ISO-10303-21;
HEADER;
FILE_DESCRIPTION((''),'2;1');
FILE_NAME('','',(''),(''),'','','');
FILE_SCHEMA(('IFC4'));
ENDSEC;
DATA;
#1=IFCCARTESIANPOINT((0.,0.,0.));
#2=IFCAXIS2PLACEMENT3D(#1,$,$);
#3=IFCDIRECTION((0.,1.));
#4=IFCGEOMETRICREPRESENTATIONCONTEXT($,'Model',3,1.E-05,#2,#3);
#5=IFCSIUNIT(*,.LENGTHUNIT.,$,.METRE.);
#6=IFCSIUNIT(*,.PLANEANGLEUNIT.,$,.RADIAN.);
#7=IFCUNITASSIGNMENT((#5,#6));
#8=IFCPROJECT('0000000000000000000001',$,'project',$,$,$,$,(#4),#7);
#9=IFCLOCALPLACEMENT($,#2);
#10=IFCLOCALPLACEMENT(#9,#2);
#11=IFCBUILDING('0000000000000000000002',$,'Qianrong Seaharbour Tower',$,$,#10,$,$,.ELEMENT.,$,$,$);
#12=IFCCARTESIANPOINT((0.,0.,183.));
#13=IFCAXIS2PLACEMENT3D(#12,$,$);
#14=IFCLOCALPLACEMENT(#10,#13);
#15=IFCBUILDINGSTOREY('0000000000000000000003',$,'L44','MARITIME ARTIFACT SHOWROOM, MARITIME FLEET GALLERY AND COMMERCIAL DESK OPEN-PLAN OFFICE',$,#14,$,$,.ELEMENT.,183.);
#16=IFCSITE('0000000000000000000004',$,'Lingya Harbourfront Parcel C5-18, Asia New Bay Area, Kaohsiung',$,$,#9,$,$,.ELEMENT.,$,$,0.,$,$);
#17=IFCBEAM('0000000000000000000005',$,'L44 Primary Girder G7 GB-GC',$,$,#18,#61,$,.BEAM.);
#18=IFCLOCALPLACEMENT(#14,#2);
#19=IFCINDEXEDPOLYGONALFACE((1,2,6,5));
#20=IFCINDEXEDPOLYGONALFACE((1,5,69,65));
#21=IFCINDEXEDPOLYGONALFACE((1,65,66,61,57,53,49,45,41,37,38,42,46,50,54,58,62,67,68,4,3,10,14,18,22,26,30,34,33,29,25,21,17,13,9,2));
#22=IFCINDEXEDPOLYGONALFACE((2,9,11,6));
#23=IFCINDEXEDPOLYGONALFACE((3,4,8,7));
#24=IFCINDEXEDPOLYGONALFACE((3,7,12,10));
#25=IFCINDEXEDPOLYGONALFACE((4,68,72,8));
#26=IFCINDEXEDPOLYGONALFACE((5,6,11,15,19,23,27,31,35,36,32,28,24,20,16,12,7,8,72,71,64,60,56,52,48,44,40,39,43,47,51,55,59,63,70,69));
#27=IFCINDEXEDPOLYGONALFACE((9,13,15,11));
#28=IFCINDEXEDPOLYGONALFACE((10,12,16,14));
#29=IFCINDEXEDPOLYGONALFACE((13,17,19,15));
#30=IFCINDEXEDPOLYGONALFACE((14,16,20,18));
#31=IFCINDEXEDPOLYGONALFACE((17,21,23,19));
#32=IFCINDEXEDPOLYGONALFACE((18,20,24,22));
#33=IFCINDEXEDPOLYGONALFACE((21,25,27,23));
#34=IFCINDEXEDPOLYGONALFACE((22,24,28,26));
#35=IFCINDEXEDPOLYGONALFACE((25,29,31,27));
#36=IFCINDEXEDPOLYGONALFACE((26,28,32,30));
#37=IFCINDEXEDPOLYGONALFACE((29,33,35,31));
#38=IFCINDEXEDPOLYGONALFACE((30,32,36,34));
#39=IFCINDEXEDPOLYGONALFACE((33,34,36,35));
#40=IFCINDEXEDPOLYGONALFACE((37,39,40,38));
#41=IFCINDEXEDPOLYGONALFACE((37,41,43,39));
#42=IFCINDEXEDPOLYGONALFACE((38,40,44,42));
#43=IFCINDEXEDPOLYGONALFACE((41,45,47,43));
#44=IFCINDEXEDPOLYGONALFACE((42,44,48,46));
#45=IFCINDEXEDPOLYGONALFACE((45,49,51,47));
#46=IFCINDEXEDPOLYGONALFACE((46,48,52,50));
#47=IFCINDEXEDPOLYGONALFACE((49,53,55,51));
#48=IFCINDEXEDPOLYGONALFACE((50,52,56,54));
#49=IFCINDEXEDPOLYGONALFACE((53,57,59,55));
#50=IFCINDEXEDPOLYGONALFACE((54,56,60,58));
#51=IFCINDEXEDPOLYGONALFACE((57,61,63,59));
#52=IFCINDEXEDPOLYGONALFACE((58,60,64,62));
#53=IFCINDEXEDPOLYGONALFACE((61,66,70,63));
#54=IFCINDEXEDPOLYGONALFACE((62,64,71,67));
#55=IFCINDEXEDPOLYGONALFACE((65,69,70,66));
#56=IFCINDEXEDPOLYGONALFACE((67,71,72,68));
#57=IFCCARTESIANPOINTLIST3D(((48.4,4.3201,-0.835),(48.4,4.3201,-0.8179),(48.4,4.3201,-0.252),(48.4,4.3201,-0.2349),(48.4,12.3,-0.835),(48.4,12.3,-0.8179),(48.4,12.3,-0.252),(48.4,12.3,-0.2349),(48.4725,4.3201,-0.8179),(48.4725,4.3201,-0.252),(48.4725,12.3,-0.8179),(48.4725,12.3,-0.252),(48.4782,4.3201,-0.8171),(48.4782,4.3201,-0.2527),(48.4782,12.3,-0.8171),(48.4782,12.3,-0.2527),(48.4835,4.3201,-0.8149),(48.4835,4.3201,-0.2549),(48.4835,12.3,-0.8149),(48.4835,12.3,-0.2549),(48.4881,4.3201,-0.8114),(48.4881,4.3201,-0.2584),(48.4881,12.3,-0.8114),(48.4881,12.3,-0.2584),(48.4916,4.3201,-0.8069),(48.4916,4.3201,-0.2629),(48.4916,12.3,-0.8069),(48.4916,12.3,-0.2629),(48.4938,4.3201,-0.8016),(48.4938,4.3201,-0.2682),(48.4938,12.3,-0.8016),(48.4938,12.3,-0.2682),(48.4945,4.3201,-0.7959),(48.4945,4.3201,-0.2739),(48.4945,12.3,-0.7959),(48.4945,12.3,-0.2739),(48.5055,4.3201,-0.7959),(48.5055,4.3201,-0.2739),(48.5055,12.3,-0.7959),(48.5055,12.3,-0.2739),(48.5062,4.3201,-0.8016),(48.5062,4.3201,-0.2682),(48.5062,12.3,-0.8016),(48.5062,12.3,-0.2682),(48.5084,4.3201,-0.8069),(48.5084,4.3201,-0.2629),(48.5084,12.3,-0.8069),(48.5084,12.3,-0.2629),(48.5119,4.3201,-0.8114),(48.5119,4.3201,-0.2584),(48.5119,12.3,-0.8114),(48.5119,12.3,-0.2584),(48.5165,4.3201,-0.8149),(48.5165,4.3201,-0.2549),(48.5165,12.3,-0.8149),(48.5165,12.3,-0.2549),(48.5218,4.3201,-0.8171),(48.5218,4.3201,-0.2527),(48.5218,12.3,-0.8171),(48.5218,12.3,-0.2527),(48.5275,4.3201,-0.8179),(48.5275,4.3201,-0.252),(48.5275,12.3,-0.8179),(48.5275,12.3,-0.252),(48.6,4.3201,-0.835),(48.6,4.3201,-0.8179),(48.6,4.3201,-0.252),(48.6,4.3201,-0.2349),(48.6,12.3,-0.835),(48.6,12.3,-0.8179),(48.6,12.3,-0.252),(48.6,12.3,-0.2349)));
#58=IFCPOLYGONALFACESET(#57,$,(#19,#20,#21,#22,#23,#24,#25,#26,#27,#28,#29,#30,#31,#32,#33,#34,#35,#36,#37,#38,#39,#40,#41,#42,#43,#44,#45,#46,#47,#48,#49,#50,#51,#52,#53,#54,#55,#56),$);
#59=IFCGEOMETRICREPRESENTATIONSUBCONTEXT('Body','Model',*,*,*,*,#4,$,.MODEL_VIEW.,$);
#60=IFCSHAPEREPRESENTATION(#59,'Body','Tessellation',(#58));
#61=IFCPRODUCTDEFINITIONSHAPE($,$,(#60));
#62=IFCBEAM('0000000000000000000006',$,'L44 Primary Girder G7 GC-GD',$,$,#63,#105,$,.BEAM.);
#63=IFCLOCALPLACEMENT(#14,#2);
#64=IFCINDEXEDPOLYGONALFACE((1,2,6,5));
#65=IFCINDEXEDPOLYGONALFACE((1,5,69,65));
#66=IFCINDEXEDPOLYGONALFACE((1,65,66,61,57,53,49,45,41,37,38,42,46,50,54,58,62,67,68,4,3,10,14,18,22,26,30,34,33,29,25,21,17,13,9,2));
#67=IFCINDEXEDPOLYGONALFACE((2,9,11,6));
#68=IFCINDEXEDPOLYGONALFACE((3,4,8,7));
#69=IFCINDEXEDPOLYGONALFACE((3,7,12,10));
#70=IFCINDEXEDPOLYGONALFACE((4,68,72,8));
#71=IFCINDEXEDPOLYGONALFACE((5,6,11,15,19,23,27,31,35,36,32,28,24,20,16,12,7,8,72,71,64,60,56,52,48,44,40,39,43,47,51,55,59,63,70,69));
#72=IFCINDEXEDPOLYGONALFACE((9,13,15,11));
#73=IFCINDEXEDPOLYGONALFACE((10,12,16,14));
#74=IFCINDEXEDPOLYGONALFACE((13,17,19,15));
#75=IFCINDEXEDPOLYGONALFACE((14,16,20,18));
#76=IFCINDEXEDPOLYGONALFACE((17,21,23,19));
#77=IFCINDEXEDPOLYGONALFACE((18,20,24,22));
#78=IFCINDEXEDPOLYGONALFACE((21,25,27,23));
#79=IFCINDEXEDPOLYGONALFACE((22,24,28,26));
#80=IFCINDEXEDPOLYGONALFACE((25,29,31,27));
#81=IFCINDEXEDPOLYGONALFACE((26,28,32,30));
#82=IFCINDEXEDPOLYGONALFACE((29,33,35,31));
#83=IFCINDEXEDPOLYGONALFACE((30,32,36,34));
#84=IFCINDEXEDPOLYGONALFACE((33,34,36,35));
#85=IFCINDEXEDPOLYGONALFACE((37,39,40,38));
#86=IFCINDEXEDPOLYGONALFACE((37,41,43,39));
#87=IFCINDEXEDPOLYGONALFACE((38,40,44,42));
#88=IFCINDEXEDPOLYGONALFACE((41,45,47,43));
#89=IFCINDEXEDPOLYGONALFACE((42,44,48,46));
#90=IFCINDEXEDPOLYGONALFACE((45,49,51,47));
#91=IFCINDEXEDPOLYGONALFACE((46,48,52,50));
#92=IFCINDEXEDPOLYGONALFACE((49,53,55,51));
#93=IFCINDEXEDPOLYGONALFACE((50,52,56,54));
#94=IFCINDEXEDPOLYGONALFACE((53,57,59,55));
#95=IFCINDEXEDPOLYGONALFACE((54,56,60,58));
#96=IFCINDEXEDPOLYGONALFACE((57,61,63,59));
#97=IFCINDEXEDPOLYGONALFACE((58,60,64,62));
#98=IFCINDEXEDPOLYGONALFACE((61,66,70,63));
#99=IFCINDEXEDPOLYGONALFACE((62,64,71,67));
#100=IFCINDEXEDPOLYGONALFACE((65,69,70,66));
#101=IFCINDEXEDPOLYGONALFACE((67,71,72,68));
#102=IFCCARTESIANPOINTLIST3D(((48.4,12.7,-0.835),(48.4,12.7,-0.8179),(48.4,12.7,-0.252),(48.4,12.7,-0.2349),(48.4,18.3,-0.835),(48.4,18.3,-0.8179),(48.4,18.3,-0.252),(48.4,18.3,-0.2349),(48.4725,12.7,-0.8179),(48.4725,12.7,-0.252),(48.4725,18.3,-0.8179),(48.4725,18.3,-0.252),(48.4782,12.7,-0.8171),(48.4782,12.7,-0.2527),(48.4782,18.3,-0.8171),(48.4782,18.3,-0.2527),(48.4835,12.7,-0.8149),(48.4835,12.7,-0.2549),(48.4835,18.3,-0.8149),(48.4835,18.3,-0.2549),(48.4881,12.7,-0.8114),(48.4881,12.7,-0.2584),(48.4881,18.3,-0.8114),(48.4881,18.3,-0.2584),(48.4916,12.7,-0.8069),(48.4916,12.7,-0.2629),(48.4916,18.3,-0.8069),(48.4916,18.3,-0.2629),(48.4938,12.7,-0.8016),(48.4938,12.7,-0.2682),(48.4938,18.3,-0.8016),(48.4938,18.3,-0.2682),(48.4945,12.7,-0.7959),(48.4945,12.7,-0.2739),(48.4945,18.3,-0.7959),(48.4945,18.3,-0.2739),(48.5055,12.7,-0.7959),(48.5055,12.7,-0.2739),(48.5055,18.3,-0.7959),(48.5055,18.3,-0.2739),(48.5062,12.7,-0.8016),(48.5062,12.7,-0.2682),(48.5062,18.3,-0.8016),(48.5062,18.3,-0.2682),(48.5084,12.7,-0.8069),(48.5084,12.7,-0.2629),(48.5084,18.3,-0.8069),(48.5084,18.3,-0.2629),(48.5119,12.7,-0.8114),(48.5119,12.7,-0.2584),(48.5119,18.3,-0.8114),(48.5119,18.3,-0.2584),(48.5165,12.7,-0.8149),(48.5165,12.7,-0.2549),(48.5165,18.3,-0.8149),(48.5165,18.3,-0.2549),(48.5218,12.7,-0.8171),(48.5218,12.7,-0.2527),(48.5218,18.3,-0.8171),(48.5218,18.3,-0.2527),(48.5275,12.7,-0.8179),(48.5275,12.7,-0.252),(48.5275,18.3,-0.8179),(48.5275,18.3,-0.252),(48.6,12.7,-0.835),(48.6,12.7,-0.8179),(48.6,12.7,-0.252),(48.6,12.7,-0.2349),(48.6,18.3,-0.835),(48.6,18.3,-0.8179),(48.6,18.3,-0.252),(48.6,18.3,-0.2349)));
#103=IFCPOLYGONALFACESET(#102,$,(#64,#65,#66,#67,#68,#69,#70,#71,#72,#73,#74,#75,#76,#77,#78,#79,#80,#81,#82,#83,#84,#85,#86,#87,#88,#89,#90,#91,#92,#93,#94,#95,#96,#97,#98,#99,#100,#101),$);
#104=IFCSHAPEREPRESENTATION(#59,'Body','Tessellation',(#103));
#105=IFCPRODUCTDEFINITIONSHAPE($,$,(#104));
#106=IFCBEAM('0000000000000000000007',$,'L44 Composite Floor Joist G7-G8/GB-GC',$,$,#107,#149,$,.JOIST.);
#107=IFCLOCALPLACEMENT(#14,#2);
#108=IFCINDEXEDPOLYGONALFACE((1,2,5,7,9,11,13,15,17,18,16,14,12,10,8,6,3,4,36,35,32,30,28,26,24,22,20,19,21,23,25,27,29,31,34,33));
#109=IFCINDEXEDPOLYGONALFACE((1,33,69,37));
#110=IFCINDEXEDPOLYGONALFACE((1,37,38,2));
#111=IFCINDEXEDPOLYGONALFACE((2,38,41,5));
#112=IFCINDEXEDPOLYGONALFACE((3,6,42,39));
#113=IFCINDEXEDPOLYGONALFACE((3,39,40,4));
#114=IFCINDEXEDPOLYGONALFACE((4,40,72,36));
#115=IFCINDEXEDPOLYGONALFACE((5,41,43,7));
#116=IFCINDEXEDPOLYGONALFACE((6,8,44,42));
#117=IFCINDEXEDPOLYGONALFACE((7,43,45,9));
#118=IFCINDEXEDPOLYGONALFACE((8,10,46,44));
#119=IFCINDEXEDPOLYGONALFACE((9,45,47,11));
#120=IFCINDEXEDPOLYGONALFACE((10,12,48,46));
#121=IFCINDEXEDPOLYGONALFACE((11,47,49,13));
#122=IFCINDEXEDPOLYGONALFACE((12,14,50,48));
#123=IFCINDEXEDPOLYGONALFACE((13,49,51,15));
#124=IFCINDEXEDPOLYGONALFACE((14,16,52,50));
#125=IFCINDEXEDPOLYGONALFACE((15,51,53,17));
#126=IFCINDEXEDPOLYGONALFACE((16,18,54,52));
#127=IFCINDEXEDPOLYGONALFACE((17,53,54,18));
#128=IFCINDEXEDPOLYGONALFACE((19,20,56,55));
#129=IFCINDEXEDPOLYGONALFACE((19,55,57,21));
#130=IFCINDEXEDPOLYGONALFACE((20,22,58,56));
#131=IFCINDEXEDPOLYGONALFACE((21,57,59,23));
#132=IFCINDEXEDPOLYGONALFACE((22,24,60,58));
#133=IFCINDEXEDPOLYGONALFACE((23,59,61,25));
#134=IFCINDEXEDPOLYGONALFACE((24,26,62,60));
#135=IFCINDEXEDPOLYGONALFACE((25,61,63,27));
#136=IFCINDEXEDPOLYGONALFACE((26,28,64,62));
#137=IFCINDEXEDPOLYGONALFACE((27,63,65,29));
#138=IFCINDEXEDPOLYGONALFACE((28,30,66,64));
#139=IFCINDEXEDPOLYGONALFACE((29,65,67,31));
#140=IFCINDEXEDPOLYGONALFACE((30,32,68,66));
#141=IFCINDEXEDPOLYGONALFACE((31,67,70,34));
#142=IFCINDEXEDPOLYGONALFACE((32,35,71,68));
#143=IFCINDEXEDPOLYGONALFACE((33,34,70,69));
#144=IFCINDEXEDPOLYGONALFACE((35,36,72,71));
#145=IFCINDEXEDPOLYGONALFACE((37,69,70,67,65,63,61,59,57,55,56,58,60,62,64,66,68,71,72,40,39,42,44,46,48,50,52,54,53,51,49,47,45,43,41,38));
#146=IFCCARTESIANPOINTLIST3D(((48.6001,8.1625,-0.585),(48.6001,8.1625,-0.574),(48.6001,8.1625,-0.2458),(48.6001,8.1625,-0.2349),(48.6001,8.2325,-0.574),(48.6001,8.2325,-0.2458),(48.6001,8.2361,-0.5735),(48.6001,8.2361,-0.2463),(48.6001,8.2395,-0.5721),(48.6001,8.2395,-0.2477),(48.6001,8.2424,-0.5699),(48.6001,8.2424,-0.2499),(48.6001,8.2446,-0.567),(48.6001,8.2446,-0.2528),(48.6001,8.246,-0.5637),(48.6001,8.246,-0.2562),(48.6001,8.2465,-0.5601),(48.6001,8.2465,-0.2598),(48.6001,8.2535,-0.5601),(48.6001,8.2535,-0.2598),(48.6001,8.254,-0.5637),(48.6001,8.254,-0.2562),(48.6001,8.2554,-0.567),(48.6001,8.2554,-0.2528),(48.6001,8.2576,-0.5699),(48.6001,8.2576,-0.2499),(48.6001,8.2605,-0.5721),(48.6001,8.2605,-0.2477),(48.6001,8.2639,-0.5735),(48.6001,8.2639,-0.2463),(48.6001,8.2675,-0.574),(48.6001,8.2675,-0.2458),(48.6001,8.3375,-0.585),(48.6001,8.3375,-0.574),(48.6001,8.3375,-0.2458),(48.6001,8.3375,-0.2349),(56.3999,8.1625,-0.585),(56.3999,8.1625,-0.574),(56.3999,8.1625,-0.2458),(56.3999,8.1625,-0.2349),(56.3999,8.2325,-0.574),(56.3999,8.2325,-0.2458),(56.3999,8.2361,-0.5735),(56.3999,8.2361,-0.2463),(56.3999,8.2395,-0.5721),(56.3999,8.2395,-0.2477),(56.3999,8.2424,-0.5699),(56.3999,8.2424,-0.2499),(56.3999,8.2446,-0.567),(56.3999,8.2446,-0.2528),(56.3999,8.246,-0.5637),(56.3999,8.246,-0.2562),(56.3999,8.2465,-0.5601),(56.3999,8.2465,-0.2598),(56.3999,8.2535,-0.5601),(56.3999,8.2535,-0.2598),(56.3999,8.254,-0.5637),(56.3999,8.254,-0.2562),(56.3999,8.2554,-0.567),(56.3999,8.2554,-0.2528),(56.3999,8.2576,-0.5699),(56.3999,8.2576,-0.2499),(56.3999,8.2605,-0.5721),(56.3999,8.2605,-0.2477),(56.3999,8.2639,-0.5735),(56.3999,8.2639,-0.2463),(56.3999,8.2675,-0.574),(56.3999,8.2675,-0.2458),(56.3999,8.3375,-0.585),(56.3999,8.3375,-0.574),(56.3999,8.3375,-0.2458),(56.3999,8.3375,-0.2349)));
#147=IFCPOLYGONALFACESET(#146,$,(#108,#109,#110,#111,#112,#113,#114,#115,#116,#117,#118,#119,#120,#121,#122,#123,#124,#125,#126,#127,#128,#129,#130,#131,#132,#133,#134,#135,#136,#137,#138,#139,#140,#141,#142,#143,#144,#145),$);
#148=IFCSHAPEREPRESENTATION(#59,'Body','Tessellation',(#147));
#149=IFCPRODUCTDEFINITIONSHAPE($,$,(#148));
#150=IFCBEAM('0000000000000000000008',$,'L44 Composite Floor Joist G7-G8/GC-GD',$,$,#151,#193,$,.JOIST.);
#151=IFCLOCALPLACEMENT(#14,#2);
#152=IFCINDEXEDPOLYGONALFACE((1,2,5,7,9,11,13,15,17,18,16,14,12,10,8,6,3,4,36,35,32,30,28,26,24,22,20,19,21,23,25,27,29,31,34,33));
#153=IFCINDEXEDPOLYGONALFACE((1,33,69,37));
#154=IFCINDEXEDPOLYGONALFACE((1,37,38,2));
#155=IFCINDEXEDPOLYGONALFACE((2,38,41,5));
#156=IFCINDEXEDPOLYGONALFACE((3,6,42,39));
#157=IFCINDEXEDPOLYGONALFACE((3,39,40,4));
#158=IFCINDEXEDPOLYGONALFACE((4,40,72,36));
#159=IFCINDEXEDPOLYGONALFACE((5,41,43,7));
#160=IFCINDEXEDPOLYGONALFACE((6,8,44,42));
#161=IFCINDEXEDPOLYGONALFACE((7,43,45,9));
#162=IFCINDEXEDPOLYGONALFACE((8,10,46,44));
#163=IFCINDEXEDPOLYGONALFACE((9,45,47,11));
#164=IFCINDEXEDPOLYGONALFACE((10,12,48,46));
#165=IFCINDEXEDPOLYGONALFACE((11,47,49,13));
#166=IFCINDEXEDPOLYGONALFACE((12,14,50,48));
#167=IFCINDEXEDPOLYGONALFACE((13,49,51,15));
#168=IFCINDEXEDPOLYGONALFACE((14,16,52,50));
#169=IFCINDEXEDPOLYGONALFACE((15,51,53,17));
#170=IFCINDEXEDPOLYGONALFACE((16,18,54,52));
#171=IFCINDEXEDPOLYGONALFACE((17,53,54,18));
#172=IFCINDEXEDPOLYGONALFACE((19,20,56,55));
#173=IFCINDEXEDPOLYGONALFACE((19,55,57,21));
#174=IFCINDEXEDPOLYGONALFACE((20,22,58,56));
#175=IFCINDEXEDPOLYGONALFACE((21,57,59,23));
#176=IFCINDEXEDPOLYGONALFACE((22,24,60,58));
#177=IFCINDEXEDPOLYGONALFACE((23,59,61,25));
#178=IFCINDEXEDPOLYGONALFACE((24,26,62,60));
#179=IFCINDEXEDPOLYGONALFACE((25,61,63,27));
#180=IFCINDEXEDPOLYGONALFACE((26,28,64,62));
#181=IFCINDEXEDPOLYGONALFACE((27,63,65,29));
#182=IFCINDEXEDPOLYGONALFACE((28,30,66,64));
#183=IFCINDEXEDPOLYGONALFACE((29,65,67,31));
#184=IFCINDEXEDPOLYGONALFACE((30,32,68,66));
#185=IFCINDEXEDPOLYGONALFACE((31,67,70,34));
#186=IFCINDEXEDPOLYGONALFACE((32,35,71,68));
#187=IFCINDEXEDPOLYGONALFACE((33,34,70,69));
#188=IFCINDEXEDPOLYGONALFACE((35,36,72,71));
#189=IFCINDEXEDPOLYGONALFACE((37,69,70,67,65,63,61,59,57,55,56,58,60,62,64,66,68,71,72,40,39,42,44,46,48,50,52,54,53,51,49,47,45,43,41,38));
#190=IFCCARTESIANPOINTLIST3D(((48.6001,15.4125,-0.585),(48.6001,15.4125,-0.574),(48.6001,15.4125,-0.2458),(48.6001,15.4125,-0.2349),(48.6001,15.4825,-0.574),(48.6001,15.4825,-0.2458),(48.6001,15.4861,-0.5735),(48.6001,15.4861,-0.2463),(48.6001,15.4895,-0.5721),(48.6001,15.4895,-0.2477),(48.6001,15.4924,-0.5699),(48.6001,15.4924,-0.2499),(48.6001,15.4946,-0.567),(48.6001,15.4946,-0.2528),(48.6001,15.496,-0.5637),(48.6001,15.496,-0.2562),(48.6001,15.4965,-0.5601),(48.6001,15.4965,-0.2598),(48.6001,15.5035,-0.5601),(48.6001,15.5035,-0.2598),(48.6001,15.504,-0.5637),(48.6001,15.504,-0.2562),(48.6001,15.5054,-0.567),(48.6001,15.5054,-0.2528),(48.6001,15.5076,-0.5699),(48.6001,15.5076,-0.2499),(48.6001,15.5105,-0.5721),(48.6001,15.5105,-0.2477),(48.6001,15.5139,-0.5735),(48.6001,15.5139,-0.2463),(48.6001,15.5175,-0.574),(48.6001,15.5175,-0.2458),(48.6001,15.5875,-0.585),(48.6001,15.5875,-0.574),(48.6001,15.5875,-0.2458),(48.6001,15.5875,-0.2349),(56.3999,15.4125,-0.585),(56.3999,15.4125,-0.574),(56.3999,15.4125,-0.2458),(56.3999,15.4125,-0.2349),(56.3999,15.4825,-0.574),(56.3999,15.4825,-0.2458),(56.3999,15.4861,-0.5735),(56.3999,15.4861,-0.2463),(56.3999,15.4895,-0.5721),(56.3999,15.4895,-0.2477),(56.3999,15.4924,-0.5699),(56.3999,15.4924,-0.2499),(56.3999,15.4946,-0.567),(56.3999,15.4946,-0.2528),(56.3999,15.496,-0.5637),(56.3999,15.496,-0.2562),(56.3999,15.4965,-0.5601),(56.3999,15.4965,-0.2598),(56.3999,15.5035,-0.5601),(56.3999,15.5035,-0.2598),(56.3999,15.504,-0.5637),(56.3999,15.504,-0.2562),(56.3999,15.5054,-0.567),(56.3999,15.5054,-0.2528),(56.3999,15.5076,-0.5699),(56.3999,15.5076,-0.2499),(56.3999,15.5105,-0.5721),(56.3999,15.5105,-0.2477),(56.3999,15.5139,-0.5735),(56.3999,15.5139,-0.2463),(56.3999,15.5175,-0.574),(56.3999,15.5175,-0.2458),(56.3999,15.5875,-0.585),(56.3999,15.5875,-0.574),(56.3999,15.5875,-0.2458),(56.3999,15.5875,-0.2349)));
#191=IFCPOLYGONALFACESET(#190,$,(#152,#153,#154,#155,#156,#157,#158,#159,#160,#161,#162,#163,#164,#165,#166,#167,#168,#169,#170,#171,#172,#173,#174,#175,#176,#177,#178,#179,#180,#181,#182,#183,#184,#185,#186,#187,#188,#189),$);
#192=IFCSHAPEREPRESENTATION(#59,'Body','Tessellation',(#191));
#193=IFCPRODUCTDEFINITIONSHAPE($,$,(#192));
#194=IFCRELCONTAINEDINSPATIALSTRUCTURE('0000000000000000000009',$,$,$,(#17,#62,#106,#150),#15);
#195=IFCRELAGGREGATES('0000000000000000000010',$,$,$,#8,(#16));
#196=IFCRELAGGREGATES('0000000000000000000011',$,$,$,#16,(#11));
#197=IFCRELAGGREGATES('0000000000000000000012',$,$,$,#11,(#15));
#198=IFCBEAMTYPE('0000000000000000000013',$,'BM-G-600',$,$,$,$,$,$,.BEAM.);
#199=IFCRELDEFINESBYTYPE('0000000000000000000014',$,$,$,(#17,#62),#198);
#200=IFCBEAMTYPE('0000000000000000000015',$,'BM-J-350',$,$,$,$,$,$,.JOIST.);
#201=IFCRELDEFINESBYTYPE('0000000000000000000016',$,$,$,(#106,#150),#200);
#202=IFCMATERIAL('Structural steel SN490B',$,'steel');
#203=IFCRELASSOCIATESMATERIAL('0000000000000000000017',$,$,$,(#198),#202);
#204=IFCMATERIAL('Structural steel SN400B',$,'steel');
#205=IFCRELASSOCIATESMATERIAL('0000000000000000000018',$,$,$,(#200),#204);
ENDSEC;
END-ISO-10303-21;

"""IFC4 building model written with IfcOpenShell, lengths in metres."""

from ifc_helpers import new_model, si_unit, direction, frame, origin, origin_2d, place, context, subcontext, project, spatial, i_section, extrude, material, material_profile, profile_set, type_object, element, save


model = new_model("IFC4")

# Units and contexts
model_context = context("Model", 3, precision=1e-05, world=origin(), true_north=direction((0.0, 1.0)))
body_context = subcontext(model_context, "Body", "Model", "MODEL_VIEW")
ifc_project = project(units=[si_unit("LENGTHUNIT", "METRE"), si_unit("PLANEANGLEUNIT", "RADIAN")], contexts=[model_context])

# Site, building, storey
site_placement = place(None, origin())
site = spatial("IfcSite", under=ifc_project, at=site_placement, Name="Lingya Harbourfront Parcel C5-18, Asia New Bay Area, Kaohsiung", CompositionType="ELEMENT", RefElevation=0.0)
building_placement = place(site_placement, origin())
building = spatial("IfcBuilding", under=site, at=building_placement, Name="Qianrong Seaharbour Tower", CompositionType="ELEMENT")
storey_placement = place(building_placement, frame((0.0, 0.0, 183.0)))
storey = spatial("IfcBuildingStorey", under=building, at=storey_placement, Name="L44", Description="MARITIME ARTIFACT SHOWROOM, MARITIME FLEET GALLERY AND COMMERCIAL DESK OPEN-PLAN OFFICE", CompositionType="ELEMENT", Elevation=183.0)

# Shared definitions
ifc_material_1 = material(Name="Structural steel SN490B", Category="steel")

# Beams
ifc_material_profile_1 = material_profile(ifc_material_1, i_section(OverallWidth=0.2, OverallDepth=0.6001, WebThickness=0.011, FlangeThickness=0.0171, FilletRadius=0.022, at=origin_2d()), Name="H600x200x11x17")
ifc_profile_set_1 = profile_set([ifc_material_profile_1], Name="Structural steel SN490B")
beam_type_1 = type_object("IfcBeamType", Name="BM-G-600", PredefinedType="BEAM", material=ifc_profile_set_1)
beam_1_placement = place(storey_placement, frame((48.5, 4.3201, -0.5349), z_axis=(0.0, 1.0, 0.0), x_axis=(-1.0, 0.0, 0.0)))
element("IfcBeam", 1, at=beam_1_placement, inside=storey, type_object=beam_type_1, Name="L44 Primary Girder G7 GB-GC", PredefinedType="BEAM", context=body_context, shape_type="SweptSolid", body=[
    extrude(i_section(OverallWidth=0.2, OverallDepth=0.6001, WebThickness=0.011, FlangeThickness=0.0171, FilletRadius=0.022, at=origin_2d()), origin(), (0.0, 0.0, 1.0), 7.98),
])
beam_2_placement = place(storey_placement, frame((48.5, 12.7, -0.5349), z_axis=(0.0, 1.0, 0.0), x_axis=(-1.0, 0.0, 0.0)))
element("IfcBeam", 2, at=beam_2_placement, inside=storey, type_object=beam_type_1, Name="L44 Primary Girder G7 GC-GD", PredefinedType="BEAM", context=body_context, shape_type="SweptSolid", body=[
    extrude(i_section(OverallWidth=0.2, OverallDepth=0.6001, WebThickness=0.011, FlangeThickness=0.0171, FilletRadius=0.022, at=origin_2d()), origin(), (0.0, 0.0, 1.0), 5.6001),
])
ifc_material_2 = material(Name="Structural steel SN400B", Category="steel")
ifc_material_profile_2 = material_profile(ifc_material_2, i_section(OverallWidth=0.175, OverallDepth=0.3501, WebThickness=0.0071, FlangeThickness=0.011, FilletRadius=0.0139, at=origin_2d()), Name="H350x175x7x11")
ifc_profile_set_2 = profile_set([ifc_material_profile_2], Name="Structural steel SN400B")
beam_type_2 = type_object("IfcBeamType", Name="BM-J-350", PredefinedType="JOIST", material=ifc_profile_set_2)
for number, where, z_axis, x_axis, name in (
    (3, (48.6001, 8.25, -0.4099), (1.0, 0.0, 0.0), (0.0, 1.0, 0.0), "L44 Composite Floor Joist G7-G8/GB-GC"),
    (4, (48.6001, 15.5, -0.4099), (1.0, 0.0, 0.0), (0.0, 1.0, 0.0), "L44 Composite Floor Joist G7-G8/GC-GD"),
):
    element("IfcBeam", number, at=place(storey_placement, frame(where, z_axis=z_axis, x_axis=x_axis)), inside=storey, type_object=beam_type_2, Name=name, PredefinedType="JOIST", context=body_context, shape_type="SweptSolid", body=[
        extrude(i_section(OverallWidth=0.175, OverallDepth=0.3501, WebThickness=0.0071, FlangeThickness=0.011, FilletRadius=0.0139, at=origin_2d()), origin(), (0.0, 0.0, 1.0), 7.7998),
    ])

save(model, "model.ifc")
